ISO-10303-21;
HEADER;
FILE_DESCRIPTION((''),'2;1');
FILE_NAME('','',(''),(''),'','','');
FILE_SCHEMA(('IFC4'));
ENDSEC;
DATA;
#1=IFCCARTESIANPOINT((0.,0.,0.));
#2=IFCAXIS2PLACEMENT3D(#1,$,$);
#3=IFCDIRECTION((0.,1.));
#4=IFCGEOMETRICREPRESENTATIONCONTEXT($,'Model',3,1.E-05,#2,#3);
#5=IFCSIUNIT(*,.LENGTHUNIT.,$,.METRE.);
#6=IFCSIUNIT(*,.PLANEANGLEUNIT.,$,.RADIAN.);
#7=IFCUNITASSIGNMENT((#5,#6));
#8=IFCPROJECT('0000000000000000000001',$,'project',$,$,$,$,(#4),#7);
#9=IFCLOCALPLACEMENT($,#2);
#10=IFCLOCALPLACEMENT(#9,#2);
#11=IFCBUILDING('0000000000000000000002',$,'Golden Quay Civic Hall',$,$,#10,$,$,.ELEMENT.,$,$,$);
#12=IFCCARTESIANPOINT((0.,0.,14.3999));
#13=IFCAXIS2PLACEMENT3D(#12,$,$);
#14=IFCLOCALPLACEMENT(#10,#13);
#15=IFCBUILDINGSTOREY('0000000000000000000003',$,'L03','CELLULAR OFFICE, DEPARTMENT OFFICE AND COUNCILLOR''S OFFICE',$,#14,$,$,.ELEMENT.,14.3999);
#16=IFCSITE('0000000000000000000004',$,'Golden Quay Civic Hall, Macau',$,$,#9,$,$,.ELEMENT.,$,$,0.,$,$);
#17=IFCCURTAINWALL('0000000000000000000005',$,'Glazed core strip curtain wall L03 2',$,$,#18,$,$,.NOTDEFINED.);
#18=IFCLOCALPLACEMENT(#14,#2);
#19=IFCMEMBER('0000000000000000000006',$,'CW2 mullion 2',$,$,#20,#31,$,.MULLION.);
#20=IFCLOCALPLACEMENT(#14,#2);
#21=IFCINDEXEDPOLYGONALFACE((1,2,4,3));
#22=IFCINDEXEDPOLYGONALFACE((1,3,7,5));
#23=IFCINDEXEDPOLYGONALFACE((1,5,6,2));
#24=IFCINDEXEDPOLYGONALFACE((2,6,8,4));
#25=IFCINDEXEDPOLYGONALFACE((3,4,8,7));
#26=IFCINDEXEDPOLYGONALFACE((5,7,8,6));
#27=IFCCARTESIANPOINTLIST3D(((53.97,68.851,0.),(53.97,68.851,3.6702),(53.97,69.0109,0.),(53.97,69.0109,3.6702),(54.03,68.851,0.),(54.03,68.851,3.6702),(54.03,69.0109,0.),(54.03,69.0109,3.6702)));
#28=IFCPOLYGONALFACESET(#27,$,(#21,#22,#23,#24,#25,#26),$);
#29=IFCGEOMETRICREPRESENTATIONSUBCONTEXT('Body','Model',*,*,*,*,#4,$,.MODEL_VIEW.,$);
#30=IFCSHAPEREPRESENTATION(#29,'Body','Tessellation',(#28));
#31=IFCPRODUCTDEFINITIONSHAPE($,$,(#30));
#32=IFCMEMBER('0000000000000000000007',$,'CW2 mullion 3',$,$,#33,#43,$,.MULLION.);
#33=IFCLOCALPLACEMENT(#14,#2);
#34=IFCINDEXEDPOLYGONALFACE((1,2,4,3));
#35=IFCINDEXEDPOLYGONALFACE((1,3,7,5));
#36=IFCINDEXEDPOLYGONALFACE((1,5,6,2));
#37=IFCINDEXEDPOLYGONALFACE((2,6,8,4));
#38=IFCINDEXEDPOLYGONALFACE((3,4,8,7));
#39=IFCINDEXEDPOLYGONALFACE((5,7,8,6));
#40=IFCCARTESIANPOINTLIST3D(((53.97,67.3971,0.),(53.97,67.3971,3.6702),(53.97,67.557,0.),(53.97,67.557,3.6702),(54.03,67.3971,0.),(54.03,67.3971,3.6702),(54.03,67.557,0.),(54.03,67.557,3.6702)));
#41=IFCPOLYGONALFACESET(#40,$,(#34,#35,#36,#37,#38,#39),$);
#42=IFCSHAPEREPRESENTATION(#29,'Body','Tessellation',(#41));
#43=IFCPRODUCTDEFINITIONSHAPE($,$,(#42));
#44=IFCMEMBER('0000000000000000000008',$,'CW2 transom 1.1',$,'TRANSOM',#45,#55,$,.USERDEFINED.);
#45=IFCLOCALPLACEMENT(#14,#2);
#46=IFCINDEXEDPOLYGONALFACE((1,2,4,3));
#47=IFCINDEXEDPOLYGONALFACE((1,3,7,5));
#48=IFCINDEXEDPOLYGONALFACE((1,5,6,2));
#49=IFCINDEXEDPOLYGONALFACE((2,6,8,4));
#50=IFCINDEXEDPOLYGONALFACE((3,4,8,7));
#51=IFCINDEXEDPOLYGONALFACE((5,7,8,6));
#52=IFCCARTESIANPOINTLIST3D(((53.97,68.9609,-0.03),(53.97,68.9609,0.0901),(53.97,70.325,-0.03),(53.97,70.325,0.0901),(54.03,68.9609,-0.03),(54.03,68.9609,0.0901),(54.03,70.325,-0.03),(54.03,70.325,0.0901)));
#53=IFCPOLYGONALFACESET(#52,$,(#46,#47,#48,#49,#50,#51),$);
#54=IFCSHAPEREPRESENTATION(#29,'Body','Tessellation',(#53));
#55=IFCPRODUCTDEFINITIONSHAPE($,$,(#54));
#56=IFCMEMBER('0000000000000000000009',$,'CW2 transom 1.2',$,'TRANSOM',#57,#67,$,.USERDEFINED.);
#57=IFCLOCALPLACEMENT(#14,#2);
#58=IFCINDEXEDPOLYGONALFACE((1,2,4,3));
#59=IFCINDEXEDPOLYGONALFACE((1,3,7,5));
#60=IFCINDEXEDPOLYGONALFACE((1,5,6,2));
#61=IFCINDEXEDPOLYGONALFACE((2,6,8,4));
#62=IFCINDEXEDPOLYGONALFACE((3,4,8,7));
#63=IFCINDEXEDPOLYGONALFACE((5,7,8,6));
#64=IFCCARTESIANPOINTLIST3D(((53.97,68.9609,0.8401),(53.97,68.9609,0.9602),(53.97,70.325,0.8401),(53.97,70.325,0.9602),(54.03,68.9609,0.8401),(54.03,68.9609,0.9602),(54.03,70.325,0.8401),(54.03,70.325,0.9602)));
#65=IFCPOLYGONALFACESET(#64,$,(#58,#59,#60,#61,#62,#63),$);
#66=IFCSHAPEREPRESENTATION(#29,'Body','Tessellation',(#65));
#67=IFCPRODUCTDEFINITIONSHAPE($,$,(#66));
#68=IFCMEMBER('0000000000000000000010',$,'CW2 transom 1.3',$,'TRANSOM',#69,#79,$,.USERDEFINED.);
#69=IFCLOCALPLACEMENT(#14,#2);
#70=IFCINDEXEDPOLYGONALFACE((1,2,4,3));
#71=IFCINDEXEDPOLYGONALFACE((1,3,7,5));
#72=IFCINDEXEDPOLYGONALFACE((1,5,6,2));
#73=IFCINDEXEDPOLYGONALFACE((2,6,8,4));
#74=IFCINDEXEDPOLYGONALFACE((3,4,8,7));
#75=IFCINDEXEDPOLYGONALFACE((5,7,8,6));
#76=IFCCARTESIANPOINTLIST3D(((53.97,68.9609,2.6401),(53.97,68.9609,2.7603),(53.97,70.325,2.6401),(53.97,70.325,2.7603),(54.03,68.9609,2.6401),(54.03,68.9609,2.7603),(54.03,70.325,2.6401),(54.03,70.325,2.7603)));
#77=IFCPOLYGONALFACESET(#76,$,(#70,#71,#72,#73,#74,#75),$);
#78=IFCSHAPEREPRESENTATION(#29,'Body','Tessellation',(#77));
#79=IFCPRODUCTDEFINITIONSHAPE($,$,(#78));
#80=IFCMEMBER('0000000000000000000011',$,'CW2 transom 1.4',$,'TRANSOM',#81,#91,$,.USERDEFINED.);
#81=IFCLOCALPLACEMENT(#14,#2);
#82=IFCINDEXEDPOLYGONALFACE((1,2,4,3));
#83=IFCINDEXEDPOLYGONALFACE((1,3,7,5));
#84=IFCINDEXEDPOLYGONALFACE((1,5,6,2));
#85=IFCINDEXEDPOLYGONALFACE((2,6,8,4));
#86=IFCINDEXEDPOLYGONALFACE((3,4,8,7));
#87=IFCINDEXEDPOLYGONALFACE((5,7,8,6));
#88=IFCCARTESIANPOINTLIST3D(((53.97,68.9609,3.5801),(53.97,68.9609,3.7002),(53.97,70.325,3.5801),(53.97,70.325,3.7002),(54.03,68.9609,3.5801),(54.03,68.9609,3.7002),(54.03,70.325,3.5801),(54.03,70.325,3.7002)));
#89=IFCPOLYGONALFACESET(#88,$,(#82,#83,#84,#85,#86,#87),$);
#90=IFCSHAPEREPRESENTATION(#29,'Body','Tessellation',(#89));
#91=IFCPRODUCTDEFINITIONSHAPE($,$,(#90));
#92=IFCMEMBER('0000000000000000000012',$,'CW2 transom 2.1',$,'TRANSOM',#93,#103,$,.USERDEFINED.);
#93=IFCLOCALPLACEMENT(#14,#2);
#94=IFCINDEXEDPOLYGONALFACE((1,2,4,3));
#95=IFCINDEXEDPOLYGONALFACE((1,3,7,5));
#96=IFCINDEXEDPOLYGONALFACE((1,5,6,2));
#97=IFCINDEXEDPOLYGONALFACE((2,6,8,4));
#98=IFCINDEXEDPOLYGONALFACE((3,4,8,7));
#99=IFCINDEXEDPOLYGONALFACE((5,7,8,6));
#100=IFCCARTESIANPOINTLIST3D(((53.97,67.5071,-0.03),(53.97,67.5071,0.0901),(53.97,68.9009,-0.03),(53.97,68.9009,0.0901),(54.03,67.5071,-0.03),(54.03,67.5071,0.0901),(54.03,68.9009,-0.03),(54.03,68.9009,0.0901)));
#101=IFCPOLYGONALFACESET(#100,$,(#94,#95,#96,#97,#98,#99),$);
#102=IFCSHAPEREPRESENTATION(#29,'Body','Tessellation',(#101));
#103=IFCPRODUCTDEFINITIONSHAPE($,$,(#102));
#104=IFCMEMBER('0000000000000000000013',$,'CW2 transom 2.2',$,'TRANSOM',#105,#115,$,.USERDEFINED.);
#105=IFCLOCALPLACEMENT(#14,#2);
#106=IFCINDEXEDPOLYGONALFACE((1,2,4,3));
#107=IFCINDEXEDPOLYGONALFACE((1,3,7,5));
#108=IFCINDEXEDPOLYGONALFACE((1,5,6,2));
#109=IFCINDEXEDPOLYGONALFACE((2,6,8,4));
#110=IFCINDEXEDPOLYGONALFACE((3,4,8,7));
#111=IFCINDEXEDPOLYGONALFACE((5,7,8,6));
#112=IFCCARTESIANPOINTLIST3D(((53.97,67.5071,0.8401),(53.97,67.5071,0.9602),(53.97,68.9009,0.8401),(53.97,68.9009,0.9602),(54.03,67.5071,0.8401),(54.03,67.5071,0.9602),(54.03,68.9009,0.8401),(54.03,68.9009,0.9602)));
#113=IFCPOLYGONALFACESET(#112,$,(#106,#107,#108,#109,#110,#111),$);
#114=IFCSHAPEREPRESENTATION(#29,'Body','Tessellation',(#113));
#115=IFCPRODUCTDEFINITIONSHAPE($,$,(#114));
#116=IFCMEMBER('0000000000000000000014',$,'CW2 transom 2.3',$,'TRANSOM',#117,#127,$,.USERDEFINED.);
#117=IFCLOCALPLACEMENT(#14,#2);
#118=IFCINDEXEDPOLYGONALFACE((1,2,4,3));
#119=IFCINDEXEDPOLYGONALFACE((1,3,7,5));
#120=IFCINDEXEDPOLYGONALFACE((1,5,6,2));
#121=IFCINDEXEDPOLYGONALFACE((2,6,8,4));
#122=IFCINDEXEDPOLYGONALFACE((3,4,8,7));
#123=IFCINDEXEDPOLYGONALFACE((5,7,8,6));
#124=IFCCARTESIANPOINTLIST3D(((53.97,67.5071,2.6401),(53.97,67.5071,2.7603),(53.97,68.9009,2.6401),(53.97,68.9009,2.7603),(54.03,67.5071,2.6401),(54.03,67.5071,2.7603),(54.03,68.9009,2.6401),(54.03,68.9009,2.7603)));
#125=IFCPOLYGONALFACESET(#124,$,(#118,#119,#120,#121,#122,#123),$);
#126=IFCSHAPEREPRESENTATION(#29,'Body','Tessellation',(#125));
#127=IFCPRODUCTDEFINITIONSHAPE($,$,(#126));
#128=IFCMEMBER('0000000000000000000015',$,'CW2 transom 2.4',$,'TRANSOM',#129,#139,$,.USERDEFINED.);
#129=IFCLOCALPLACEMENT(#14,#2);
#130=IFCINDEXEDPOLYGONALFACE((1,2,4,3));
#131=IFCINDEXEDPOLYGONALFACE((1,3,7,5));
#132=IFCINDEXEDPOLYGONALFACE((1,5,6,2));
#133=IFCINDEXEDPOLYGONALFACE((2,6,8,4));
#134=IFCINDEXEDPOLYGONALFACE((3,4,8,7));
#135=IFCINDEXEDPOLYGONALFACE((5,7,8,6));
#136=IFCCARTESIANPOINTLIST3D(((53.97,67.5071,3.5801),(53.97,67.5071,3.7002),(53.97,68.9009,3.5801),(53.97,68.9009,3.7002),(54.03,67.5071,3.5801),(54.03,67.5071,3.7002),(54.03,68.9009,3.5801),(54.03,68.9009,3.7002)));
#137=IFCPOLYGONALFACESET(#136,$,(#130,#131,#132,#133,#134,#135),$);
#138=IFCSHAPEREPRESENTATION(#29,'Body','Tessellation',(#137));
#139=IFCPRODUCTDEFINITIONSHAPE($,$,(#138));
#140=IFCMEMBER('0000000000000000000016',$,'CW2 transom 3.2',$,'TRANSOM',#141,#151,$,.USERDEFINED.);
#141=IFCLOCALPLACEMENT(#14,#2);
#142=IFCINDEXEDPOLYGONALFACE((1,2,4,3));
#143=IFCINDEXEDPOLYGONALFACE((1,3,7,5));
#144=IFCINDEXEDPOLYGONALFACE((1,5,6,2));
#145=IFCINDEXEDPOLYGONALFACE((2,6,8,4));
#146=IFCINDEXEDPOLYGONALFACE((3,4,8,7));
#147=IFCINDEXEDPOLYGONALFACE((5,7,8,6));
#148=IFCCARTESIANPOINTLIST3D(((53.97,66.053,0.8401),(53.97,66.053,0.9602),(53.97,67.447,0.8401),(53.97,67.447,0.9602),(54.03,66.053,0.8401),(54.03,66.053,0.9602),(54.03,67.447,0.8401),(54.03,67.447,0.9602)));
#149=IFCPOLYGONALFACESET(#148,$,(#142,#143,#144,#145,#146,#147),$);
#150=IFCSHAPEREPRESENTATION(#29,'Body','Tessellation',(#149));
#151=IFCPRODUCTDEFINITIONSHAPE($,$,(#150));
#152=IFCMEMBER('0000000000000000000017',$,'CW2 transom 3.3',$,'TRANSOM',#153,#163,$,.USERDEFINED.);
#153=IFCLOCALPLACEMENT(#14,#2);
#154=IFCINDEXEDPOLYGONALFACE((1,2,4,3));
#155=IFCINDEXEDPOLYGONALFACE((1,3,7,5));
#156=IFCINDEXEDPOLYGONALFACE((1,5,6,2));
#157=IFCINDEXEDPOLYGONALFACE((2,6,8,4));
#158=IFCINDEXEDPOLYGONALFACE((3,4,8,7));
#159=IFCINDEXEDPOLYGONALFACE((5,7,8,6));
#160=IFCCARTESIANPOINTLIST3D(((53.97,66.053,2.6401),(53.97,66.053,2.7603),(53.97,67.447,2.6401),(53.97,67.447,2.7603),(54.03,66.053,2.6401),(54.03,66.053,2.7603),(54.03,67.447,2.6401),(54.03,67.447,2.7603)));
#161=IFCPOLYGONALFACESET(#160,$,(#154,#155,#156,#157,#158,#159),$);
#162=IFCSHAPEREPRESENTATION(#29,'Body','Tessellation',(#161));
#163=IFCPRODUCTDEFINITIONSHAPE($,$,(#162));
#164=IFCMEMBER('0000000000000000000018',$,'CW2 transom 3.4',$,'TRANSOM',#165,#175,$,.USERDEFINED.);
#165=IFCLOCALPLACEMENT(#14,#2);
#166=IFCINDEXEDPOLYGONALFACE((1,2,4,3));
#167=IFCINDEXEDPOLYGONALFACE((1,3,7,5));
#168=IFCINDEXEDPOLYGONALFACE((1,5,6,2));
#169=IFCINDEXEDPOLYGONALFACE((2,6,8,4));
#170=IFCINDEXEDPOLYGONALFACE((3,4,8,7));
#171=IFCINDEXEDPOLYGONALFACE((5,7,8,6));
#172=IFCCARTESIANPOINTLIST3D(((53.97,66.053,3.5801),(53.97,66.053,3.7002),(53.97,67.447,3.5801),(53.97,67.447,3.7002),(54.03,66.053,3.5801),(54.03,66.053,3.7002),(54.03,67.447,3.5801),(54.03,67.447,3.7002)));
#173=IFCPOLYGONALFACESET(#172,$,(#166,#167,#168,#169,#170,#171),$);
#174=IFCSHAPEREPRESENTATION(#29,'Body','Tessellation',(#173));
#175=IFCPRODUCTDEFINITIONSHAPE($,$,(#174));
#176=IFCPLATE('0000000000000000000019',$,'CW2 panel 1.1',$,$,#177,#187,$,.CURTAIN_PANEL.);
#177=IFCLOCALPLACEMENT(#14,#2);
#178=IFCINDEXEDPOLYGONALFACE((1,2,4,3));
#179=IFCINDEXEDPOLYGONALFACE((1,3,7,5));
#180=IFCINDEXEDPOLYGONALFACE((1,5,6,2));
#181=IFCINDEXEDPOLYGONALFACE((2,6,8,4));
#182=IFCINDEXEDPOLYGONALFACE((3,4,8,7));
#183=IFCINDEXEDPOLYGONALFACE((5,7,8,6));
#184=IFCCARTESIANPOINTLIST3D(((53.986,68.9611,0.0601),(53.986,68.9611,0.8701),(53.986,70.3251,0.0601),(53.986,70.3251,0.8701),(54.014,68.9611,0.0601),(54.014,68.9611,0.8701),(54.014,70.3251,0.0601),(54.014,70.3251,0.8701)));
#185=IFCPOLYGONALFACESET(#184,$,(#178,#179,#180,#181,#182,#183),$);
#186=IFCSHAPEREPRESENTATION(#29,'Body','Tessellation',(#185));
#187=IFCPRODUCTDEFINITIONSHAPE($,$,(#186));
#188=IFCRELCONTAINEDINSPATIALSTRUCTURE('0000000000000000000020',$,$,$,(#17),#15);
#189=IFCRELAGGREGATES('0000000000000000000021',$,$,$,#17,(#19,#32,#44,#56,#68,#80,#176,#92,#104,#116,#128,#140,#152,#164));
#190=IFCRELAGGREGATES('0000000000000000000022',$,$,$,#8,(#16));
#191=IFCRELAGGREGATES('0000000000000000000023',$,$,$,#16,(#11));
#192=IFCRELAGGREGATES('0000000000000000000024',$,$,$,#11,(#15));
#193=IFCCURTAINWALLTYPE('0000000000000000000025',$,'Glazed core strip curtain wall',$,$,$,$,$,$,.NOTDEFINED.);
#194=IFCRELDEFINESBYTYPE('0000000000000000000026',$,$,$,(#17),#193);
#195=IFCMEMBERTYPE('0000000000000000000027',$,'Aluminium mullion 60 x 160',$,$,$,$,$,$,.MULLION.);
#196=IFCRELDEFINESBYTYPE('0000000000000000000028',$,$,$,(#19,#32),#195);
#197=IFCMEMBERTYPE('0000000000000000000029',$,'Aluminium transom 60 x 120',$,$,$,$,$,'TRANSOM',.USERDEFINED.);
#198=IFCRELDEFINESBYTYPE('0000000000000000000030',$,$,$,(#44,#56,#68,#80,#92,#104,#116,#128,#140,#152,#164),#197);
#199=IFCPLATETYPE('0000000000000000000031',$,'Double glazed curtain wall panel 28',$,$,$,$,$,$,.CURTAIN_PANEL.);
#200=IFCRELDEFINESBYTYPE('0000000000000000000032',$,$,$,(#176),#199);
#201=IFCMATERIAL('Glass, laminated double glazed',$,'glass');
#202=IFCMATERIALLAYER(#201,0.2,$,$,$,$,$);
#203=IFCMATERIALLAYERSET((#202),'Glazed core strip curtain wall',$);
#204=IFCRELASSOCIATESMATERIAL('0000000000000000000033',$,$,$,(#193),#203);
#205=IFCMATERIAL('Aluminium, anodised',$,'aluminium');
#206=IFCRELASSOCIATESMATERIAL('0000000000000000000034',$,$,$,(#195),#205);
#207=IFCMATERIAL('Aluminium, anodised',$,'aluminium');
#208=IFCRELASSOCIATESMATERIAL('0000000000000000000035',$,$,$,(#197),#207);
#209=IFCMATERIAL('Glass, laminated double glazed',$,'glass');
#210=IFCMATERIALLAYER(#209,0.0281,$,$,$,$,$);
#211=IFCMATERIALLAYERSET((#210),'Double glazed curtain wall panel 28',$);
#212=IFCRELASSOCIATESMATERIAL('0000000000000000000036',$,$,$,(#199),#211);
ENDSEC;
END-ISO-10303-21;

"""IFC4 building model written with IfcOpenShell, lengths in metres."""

from ifc_helpers import new_model, si_unit, direction, frame, origin, origin_2d, place, context, subcontext, project, spatial, rectangle, extrude, material, layer, layer_set, material_profile, profile_set, type_object, element, aggregate, save


model = new_model("IFC4")

# Units and contexts
model_context = context("Model", 3, precision=1e-05, world=origin(), true_north=direction((0.0, 1.0)))
body_context = subcontext(model_context, "Body", "Model", "MODEL_VIEW")
ifc_project = project(units=[si_unit("LENGTHUNIT", "METRE"), si_unit("PLANEANGLEUNIT", "RADIAN")], contexts=[model_context])

# Site, building, storey
site_placement = place(None, origin())
site = spatial("IfcSite", under=ifc_project, at=site_placement, Name="Golden Quay Civic Hall, Macau", CompositionType="ELEMENT", RefElevation=0.0)
building_placement = place(site_placement, origin())
building = spatial("IfcBuilding", under=site, at=building_placement, Name="Golden Quay Civic Hall", CompositionType="ELEMENT")
storey_placement = place(building_placement, frame((0.0, 0.0, 14.3999)))
storey = spatial("IfcBuildingStorey", under=building, at=storey_placement, Name="L03", Description="CELLULAR OFFICE, DEPARTMENT OFFICE AND COUNCILLOR'S OFFICE", CompositionType="ELEMENT", Elevation=14.3999)

# Curtain wall, members, plate
ifc_material_1 = material(Name="Glass, laminated double glazed", Category="glass")
ifc_layer_1 = layer(ifc_material_1, 0.2)
ifc_layer_set_1 = layer_set([ifc_layer_1], Name="Glazed core strip curtain wall")
curtain_wall_type = type_object("IfcCurtainWallType", Name="Glazed core strip curtain wall", PredefinedType="NOTDEFINED", material=ifc_layer_set_1)
curtain_wall_placement = place(storey_placement, origin())
curtain_wall = element("IfcCurtainWall", 1, at=curtain_wall_placement, inside=storey, type_object=curtain_wall_type, Name="Glazed core strip curtain wall L03 2", PredefinedType="NOTDEFINED")
ifc_material_2 = material(Name="Aluminium, anodised", Category="aluminium")
ifc_material_profile_1 = material_profile(ifc_material_2, rectangle(XDim=0.0601, YDim=0.1599, at=origin_2d()), Name="Aluminium 60 x 160")
ifc_profile_set_1 = profile_set([ifc_material_profile_1], Name="Aluminium, anodised")
member_type_1 = type_object("IfcMemberType", Name="Aluminium mullion 60 x 160", PredefinedType="MULLION", material=ifc_profile_set_1)
member_1_placement = place(storey_placement, frame((54.0, 68.9309, 0.0), z_axis=(0.0, 0.0, 1.0), x_axis=(1.0, 0.0, 0.0)))
member_1 = element("IfcMember", 2, at=member_1_placement, type_object=member_type_1, Name="CW2 mullion 2", PredefinedType="MULLION", context=body_context, shape_type="SweptSolid", body=[
    extrude(rectangle(XDim=0.0601, YDim=0.1599, at=origin_2d()), origin(), (0.0, 0.0, 1.0), 3.6702),
])
member_2_placement = place(storey_placement, frame((54.0, 67.4771, 0.0), z_axis=(0.0, 0.0, 1.0), x_axis=(1.0, 0.0, 0.0)))
member_2 = element("IfcMember", 3, at=member_2_placement, type_object=member_type_1, Name="CW2 mullion 3", PredefinedType="MULLION", context=body_context, shape_type="SweptSolid", body=[
    extrude(rectangle(XDim=0.0601, YDim=0.1599, at=origin_2d()), origin(), (0.0, 0.0, 1.0), 3.6702),
])
ifc_material_3 = material(Name="Aluminium, anodised", Category="aluminium")
ifc_material_profile_2 = material_profile(ifc_material_3, rectangle(XDim=0.0601, YDim=0.1201, at=origin_2d()), Name="Aluminium 60 x 120")
ifc_profile_set_2 = profile_set([ifc_material_profile_2], Name="Aluminium, anodised")
member_type_2 = type_object("IfcMemberType", Name="Aluminium transom 60 x 120", ElementType="TRANSOM", PredefinedType="USERDEFINED", material=ifc_profile_set_2)
member_3_placement = place(storey_placement, frame((54.0, 70.325, 0.03), z_axis=(0.0, -1.0, 0.0), x_axis=(1.0, 0.0, 0.0)))
member_3 = element("IfcMember", 4, at=member_3_placement, type_object=member_type_2, Name="CW2 transom 1.1", ObjectType="TRANSOM", PredefinedType="USERDEFINED", context=body_context, shape_type="SweptSolid", body=[
    extrude(rectangle(XDim=0.0601, YDim=0.1201, at=origin_2d()), origin(), (0.0, 0.0, 1.0), 1.364),
])
member_4_placement = place(storey_placement, frame((54.0, 70.325, 0.9001), z_axis=(0.0, -1.0, 0.0), x_axis=(1.0, 0.0, 0.0)))
member_4 = element("IfcMember", 5, at=member_4_placement, type_object=member_type_2, Name="CW2 transom 1.2", ObjectType="TRANSOM", PredefinedType="USERDEFINED", context=body_context, shape_type="SweptSolid", body=[
    extrude(rectangle(XDim=0.0601, YDim=0.1201, at=origin_2d()), origin(), (0.0, 0.0, 1.0), 1.364),
])
member_5_placement = place(storey_placement, frame((54.0, 70.325, 2.7002), z_axis=(0.0, -1.0, 0.0), x_axis=(1.0, 0.0, 0.0)))
member_5 = element("IfcMember", 6, at=member_5_placement, type_object=member_type_2, Name="CW2 transom 1.3", ObjectType="TRANSOM", PredefinedType="USERDEFINED", context=body_context, shape_type="SweptSolid", body=[
    extrude(rectangle(XDim=0.0601, YDim=0.1201, at=origin_2d()), origin(), (0.0, 0.0, 1.0), 1.364),
])
member_6_placement = place(storey_placement, frame((54.0, 70.325, 3.6401), z_axis=(0.0, -1.0, 0.0), x_axis=(1.0, 0.0, 0.0)))
member_6 = element("IfcMember", 7, at=member_6_placement, type_object=member_type_2, Name="CW2 transom 1.4", ObjectType="TRANSOM", PredefinedType="USERDEFINED", context=body_context, shape_type="SweptSolid", body=[
    extrude(rectangle(XDim=0.0601, YDim=0.1201, at=origin_2d()), origin(), (0.0, 0.0, 1.0), 1.364),
])
member_7_placement = place(storey_placement, frame((54.0, 68.9009, 0.03), z_axis=(0.0, -1.0, 0.0), x_axis=(1.0, 0.0, 0.0)))
member_7 = element("IfcMember", 8, at=member_7_placement, type_object=member_type_2, Name="CW2 transom 2.1", ObjectType="TRANSOM", PredefinedType="USERDEFINED", context=body_context, shape_type="SweptSolid", body=[
    extrude(rectangle(XDim=0.0601, YDim=0.1201, at=origin_2d()), origin(), (0.0, 0.0, 1.0), 1.3938),
])
member_8_placement = place(storey_placement, frame((54.0, 68.9009, 0.9001), z_axis=(0.0, -1.0, 0.0), x_axis=(1.0, 0.0, 0.0)))
member_8 = element("IfcMember", 9, at=member_8_placement, type_object=member_type_2, Name="CW2 transom 2.2", ObjectType="TRANSOM", PredefinedType="USERDEFINED", context=body_context, shape_type="SweptSolid", body=[
    extrude(rectangle(XDim=0.0601, YDim=0.1201, at=origin_2d()), origin(), (0.0, 0.0, 1.0), 1.3938),
])
member_9_placement = place(storey_placement, frame((54.0, 68.9009, 2.7002), z_axis=(0.0, -1.0, 0.0), x_axis=(1.0, 0.0, 0.0)))
member_9 = element("IfcMember", 10, at=member_9_placement, type_object=member_type_2, Name="CW2 transom 2.3", ObjectType="TRANSOM", PredefinedType="USERDEFINED", context=body_context, shape_type="SweptSolid", body=[
    extrude(rectangle(XDim=0.0601, YDim=0.1201, at=origin_2d()), origin(), (0.0, 0.0, 1.0), 1.3938),
])
member_10_placement = place(storey_placement, frame((54.0, 68.9009, 3.6401), z_axis=(0.0, -1.0, 0.0), x_axis=(1.0, 0.0, 0.0)))
member_10 = element("IfcMember", 11, at=member_10_placement, type_object=member_type_2, Name="CW2 transom 2.4", ObjectType="TRANSOM", PredefinedType="USERDEFINED", context=body_context, shape_type="SweptSolid", body=[
    extrude(rectangle(XDim=0.0601, YDim=0.1201, at=origin_2d()), origin(), (0.0, 0.0, 1.0), 1.3938),
])
member_11_placement = place(storey_placement, frame((54.0, 67.447, 0.9001), z_axis=(0.0, -1.0, 0.0), x_axis=(1.0, 0.0, 0.0)))
member_11 = element("IfcMember", 12, at=member_11_placement, type_object=member_type_2, Name="CW2 transom 3.2", ObjectType="TRANSOM", PredefinedType="USERDEFINED", context=body_context, shape_type="SweptSolid", body=[
    extrude(rectangle(XDim=0.0601, YDim=0.1201, at=origin_2d()), origin(), (0.0, 0.0, 1.0), 1.394),
])
member_12_placement = place(storey_placement, frame((54.0, 67.447, 2.7002), z_axis=(0.0, -1.0, 0.0), x_axis=(1.0, 0.0, 0.0)))
member_12 = element("IfcMember", 13, at=member_12_placement, type_object=member_type_2, Name="CW2 transom 3.3", ObjectType="TRANSOM", PredefinedType="USERDEFINED", context=body_context, shape_type="SweptSolid", body=[
    extrude(rectangle(XDim=0.0601, YDim=0.1201, at=origin_2d()), origin(), (0.0, 0.0, 1.0), 1.394),
])
member_13_placement = place(storey_placement, frame((54.0, 67.447, 3.6401), z_axis=(0.0, -1.0, 0.0), x_axis=(1.0, 0.0, 0.0)))
member_13 = element("IfcMember", 14, at=member_13_placement, type_object=member_type_2, Name="CW2 transom 3.4", ObjectType="TRANSOM", PredefinedType="USERDEFINED", context=body_context, shape_type="SweptSolid", body=[
    extrude(rectangle(XDim=0.0601, YDim=0.1201, at=origin_2d()), origin(), (0.0, 0.0, 1.0), 1.394),
])
ifc_material_4 = material(Name="Glass, laminated double glazed", Category="glass")
ifc_layer_2 = layer(ifc_material_4, 0.0281)
ifc_layer_set_2 = layer_set([ifc_layer_2], Name="Double glazed curtain wall panel 28")
plate_type = type_object("IfcPlateType", Name="Double glazed curtain wall panel 28", PredefinedType="CURTAIN_PANEL", material=ifc_layer_set_2)
plate_1_placement = place(storey_placement, frame((54.0, 69.6431, 0.0601), z_axis=(0.0, 0.0, 1.0), x_axis=(0.0, -1.0, 0.0)))
plate_1 = element("IfcPlate", 15, at=plate_1_placement, type_object=plate_type, Name="CW2 panel 1.1", PredefinedType="CURTAIN_PANEL", context=body_context, shape_type="SweptSolid", body=[
    extrude(rectangle(XDim=1.364, YDim=0.0281, at=origin_2d()), origin(), (0.0, 0.0, 1.0), 0.8101),
])
aggregate(curtain_wall, [member_1, member_2, member_3, member_4, member_5, member_6, plate_1, member_7, member_8, member_9, member_10, member_11, member_12, member_13])

save(model, "model.ifc")
